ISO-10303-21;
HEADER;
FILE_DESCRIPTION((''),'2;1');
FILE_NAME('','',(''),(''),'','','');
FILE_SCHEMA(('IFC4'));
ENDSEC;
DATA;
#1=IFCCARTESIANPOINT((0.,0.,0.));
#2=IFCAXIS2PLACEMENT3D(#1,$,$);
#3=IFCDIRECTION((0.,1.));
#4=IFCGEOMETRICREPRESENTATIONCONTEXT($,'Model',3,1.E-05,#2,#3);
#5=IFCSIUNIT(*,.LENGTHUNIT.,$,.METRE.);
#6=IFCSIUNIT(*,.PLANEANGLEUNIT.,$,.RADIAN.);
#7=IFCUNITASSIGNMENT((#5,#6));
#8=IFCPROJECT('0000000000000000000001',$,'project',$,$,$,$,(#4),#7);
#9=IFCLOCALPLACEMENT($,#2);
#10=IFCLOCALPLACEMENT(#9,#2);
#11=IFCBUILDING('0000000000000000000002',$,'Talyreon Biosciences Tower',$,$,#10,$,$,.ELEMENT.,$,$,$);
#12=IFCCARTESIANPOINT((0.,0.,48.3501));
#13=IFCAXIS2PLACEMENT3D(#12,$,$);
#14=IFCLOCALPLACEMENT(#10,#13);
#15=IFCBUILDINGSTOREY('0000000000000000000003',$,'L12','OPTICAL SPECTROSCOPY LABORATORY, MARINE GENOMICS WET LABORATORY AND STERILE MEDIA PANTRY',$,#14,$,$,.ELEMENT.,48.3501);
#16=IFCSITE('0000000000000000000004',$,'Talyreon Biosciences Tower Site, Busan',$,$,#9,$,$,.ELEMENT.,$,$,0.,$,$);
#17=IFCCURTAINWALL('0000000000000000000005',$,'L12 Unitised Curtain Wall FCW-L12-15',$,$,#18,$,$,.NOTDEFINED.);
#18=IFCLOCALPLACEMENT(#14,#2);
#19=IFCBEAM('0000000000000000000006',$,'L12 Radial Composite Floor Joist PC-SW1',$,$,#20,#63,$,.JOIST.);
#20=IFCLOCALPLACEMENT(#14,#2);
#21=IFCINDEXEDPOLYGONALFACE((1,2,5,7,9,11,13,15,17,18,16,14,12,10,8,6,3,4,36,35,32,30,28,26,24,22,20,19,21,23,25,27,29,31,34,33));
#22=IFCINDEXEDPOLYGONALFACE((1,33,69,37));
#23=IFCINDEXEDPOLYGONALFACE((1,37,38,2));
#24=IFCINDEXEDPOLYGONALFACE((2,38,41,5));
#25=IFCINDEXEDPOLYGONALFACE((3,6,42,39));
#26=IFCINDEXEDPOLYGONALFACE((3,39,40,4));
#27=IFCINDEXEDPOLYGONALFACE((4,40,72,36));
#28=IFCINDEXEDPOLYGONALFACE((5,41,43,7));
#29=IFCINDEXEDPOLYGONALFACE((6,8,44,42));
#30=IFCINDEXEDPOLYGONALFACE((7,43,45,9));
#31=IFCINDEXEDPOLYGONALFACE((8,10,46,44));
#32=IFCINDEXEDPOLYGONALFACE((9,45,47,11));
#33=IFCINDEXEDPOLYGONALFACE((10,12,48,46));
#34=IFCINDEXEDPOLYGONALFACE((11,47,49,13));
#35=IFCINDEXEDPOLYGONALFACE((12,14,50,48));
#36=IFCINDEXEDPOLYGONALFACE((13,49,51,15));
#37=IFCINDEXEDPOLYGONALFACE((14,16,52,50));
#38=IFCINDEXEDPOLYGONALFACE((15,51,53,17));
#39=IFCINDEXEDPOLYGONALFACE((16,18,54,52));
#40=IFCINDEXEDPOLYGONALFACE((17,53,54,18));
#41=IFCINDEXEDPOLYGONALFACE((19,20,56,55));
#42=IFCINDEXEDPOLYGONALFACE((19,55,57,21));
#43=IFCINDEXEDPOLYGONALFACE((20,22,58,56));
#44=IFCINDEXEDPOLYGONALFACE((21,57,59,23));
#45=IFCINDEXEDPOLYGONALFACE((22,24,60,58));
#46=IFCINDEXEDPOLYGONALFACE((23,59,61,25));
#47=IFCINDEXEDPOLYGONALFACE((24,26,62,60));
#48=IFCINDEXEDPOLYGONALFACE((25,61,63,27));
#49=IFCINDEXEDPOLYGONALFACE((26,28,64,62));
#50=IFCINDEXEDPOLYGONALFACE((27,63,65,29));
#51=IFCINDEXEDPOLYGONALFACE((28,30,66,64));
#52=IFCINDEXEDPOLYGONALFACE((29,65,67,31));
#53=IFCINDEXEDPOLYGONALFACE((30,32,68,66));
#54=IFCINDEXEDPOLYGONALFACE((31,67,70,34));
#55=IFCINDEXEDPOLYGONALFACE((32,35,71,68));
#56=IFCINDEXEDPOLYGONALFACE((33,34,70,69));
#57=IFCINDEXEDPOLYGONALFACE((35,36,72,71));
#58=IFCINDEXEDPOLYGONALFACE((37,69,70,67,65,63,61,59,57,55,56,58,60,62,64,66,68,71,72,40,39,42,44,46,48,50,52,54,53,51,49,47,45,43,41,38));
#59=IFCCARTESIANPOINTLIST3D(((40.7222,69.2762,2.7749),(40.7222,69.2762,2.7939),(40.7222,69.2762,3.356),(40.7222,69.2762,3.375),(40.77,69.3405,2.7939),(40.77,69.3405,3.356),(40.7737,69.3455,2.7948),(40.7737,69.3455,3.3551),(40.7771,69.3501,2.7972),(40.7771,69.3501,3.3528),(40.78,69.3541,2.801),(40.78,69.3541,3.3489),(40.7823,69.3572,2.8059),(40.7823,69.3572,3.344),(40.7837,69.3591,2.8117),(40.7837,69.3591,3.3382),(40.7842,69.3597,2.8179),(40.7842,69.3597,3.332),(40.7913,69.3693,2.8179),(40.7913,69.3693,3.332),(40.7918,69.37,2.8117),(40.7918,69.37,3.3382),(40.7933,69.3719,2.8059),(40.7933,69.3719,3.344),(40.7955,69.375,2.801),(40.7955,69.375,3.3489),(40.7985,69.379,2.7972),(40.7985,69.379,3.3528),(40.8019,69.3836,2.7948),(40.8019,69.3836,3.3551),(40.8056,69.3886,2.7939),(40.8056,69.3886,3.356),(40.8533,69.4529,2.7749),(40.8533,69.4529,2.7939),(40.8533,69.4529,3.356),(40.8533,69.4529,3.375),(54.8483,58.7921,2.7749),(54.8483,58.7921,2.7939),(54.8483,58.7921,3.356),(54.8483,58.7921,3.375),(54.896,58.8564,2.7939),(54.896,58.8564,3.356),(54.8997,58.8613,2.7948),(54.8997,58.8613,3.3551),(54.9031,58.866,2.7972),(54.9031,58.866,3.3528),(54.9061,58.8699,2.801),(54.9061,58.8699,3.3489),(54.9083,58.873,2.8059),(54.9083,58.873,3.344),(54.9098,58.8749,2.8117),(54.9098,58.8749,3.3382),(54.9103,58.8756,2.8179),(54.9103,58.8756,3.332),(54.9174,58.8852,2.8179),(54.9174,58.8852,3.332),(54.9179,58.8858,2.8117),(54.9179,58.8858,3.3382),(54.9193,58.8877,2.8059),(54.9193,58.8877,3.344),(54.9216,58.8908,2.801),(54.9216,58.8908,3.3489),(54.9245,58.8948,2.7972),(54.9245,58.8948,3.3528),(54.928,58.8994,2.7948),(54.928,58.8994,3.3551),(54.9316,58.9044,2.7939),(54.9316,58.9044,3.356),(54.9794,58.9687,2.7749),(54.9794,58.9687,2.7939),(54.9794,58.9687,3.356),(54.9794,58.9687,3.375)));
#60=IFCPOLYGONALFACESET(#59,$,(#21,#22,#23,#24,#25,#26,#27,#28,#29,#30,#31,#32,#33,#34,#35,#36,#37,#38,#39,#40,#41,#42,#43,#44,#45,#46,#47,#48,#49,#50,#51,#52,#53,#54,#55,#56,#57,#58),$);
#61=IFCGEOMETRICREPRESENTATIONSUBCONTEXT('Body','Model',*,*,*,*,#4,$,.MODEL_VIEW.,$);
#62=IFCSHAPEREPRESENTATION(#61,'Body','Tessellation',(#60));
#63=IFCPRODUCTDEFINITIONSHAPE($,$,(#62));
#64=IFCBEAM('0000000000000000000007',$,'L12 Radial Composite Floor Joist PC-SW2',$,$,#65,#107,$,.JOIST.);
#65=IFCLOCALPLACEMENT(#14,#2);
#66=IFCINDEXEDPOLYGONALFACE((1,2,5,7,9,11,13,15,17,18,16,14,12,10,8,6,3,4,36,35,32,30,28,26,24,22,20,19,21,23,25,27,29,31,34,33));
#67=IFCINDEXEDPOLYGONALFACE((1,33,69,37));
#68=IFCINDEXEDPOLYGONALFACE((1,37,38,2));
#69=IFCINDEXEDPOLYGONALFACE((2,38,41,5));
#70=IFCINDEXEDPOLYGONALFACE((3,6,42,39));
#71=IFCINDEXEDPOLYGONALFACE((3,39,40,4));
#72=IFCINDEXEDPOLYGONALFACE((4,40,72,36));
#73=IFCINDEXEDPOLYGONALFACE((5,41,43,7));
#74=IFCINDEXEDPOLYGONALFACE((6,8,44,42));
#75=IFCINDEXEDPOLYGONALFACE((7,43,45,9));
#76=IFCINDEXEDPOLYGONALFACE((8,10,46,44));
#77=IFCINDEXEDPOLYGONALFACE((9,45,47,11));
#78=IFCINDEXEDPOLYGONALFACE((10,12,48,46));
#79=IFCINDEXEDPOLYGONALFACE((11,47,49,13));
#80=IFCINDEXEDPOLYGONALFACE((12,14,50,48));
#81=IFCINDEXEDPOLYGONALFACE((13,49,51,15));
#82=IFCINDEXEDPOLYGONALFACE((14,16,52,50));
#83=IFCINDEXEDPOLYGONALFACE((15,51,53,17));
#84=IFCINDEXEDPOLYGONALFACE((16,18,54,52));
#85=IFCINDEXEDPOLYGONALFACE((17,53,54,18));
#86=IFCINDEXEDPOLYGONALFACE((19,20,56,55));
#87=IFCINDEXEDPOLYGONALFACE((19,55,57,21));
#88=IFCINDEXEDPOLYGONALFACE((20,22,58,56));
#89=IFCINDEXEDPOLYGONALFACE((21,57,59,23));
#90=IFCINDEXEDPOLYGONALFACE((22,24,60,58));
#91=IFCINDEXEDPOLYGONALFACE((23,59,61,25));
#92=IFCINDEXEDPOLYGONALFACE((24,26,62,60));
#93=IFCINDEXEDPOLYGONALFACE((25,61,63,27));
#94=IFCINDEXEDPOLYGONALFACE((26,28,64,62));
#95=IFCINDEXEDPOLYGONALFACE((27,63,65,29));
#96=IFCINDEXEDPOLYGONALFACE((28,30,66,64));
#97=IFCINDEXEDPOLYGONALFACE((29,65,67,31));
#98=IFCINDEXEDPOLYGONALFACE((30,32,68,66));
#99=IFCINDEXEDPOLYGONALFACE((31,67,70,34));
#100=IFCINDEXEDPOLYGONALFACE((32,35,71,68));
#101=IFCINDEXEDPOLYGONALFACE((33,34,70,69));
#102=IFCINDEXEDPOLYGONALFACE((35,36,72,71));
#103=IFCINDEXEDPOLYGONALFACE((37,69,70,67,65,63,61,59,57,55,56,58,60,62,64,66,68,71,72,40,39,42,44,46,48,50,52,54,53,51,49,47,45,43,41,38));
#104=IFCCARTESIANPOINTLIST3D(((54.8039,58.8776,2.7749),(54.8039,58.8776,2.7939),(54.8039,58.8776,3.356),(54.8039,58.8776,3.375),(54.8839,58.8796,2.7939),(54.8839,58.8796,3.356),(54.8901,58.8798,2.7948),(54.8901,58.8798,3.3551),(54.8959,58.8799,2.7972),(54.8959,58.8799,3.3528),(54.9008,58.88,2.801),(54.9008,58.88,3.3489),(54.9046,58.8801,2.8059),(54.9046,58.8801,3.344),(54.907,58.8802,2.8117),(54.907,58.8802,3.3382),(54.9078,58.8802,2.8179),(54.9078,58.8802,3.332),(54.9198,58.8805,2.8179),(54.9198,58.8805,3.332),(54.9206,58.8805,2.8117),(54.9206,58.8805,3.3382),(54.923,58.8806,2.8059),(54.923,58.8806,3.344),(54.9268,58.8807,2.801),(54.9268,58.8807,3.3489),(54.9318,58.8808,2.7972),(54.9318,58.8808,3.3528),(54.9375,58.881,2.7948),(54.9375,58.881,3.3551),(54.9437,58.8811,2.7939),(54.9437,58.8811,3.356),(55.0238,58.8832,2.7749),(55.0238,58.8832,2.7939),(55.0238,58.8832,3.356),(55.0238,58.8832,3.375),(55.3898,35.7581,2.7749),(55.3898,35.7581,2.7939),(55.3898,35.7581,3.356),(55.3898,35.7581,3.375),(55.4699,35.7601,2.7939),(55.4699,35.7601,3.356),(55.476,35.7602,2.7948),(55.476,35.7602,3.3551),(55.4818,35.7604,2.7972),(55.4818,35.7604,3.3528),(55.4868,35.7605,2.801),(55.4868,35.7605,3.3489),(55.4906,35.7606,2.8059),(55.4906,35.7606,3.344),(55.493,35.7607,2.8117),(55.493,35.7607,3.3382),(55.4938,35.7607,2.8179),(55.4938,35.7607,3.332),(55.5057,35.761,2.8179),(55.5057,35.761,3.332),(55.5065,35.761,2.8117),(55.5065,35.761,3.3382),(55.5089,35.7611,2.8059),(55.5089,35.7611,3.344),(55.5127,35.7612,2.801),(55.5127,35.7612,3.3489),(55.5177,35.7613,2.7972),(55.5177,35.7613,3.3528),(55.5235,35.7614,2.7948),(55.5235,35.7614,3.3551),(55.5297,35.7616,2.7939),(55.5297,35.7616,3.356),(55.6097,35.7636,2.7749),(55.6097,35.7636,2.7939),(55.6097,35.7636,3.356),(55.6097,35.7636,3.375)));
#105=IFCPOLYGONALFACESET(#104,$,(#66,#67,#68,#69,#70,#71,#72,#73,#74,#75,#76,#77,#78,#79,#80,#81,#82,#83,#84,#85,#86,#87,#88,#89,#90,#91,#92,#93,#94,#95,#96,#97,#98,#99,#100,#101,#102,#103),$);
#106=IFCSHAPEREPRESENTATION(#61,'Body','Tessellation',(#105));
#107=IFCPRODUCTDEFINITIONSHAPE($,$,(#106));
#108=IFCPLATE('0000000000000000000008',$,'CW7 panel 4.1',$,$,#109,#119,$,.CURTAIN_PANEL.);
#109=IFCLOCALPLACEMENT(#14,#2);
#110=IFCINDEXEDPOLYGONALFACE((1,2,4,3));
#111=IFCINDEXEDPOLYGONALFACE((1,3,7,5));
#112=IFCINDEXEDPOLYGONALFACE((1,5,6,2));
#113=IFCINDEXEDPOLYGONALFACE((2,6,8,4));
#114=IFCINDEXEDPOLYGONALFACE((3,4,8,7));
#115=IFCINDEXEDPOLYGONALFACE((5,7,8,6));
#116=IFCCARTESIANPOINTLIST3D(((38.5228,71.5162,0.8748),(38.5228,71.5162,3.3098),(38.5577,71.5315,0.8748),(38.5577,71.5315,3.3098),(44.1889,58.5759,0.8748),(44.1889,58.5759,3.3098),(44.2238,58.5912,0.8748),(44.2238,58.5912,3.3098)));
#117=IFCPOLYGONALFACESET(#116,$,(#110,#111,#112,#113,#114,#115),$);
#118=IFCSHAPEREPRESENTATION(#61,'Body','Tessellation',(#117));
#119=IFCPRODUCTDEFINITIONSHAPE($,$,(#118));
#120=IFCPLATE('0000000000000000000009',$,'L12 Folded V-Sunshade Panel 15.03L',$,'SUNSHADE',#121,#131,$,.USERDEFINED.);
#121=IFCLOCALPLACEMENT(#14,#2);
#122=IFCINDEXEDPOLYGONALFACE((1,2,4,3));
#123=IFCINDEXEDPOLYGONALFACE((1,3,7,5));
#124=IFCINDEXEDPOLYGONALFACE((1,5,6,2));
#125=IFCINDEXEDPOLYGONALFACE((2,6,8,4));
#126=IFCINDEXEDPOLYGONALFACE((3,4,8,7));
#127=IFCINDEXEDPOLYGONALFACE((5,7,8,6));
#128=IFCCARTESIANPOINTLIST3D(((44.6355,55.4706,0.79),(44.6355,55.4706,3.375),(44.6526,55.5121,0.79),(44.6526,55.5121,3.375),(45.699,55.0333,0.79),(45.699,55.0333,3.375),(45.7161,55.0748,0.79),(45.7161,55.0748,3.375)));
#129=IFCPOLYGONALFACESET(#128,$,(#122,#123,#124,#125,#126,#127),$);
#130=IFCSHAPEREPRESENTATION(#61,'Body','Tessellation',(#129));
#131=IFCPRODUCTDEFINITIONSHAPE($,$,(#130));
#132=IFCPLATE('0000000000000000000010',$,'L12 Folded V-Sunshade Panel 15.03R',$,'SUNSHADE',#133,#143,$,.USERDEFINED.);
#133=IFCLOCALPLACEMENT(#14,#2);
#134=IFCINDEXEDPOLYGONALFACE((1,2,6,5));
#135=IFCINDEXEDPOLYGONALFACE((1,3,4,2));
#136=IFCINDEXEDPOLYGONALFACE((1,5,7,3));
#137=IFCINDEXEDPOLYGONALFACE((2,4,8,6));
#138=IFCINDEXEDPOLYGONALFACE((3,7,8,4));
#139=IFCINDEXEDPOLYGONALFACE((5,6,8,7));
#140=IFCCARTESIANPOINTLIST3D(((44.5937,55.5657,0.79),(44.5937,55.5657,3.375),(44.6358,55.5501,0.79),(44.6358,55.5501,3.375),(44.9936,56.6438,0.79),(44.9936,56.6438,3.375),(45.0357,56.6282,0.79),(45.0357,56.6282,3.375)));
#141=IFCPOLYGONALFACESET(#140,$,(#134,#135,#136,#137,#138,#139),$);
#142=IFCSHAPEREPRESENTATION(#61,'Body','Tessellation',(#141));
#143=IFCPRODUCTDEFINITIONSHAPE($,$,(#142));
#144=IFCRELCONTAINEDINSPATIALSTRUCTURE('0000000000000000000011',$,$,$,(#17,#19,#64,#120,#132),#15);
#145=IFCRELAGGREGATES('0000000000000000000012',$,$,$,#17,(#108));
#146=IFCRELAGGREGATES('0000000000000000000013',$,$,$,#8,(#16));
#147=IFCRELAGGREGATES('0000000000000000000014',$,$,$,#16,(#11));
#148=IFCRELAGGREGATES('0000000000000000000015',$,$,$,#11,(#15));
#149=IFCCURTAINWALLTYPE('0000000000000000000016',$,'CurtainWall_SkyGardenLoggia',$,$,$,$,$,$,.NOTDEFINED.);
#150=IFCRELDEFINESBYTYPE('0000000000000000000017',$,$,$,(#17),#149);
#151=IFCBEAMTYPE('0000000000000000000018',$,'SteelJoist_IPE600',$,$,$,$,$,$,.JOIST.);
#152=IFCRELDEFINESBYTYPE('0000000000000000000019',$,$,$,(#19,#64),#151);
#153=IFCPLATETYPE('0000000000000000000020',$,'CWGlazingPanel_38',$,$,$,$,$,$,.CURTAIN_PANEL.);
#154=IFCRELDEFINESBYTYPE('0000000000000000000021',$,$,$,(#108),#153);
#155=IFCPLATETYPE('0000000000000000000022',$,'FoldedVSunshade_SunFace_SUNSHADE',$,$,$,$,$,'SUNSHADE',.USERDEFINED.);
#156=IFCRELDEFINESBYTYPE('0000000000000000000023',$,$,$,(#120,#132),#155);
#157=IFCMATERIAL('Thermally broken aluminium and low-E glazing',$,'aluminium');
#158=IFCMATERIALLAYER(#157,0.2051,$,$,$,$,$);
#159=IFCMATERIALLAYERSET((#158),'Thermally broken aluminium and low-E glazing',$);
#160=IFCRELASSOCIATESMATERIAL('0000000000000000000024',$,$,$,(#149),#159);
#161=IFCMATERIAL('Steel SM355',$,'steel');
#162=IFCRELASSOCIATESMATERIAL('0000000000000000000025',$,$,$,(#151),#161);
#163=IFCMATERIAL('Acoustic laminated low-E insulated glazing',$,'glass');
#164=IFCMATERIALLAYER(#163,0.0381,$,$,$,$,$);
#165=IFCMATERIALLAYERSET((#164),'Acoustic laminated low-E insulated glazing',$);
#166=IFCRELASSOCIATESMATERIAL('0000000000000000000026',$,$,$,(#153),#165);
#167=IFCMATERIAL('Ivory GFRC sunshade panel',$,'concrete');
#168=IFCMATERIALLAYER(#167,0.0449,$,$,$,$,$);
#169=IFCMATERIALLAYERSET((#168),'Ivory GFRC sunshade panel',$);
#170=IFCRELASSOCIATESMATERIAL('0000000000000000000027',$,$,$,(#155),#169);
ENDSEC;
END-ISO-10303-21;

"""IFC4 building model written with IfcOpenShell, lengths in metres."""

from ifc_helpers import new_model, si_unit, direction, frame, origin, origin_2d, place, context, subcontext, project, spatial, rectangle, i_section, extrude, material, layer, layer_set, material_profile, profile_set, type_object, element, aggregate, save


model = new_model("IFC4")

# Units and contexts
model_context = context("Model", 3, precision=1e-05, world=origin(), true_north=direction((0.0, 1.0)))
body_context = subcontext(model_context, "Body", "Model", "MODEL_VIEW")
ifc_project = project(units=[si_unit("LENGTHUNIT", "METRE"), si_unit("PLANEANGLEUNIT", "RADIAN")], contexts=[model_context])

# Site, building, storey
site_placement = place(None, origin())
site = spatial("IfcSite", under=ifc_project, at=site_placement, Name="Talyreon Biosciences Tower Site, Busan", CompositionType="ELEMENT", RefElevation=0.0)
building_placement = place(site_placement, origin())
building = spatial("IfcBuilding", under=site, at=building_placement, Name="Talyreon Biosciences Tower", CompositionType="ELEMENT")
storey_placement = place(building_placement, frame((0.0, 0.0, 48.3501)))
storey = spatial("IfcBuildingStorey", under=building, at=storey_placement, Name="L12", Description="OPTICAL SPECTROSCOPY LABORATORY, MARINE GENOMICS WET LABORATORY AND STERILE MEDIA PANTRY", CompositionType="ELEMENT", Elevation=48.3501)

# Curtain wall
ifc_material_1 = material(Name="Thermally broken aluminium and low-E glazing", Category="aluminium")
ifc_layer_1 = layer(ifc_material_1, 0.2051)
ifc_layer_set_1 = layer_set([ifc_layer_1], Name="Thermally broken aluminium and low-E glazing")
curtain_wall_type = type_object("IfcCurtainWallType", Name="CurtainWall_SkyGardenLoggia", PredefinedType="NOTDEFINED", material=ifc_layer_set_1)
curtain_wall_placement = place(storey_placement, origin())
curtain_wall = element("IfcCurtainWall", 1, at=curtain_wall_placement, inside=storey, type_object=curtain_wall_type, Name="L12 Unitised Curtain Wall FCW-L12-15", PredefinedType="NOTDEFINED")

# Beams
ifc_material_2 = material(Name="Steel SM355", Category="steel")
ifc_material_profile_1 = material_profile(ifc_material_2, i_section(OverallWidth=0.22, OverallDepth=0.6001, WebThickness=0.012, FlangeThickness=0.019, FilletRadius=0.0239, at=origin_2d()), Name="IPE600")
ifc_profile_set_1 = profile_set([ifc_material_profile_1], Name="Steel SM355")
beam_type_1 = type_object("IfcBeamType", Name="SteelJoist_IPE600", PredefinedType="JOIST", material=ifc_profile_set_1)
beam_1_placement = place(storey_placement, frame((54.9138, 58.8804, 3.075), z_axis=(-0.803001, 0.595978, 0.0), x_axis=(-0.595978, -0.803001, 0.0)))
element("IfcBeam", 2, at=beam_1_placement, inside=storey, type_object=beam_type_1, Name="L12 Radial Composite Floor Joist PC-SW1", PredefinedType="JOIST", context=body_context, shape_type="SweptSolid", body=[
    extrude(i_section(OverallWidth=0.22, OverallDepth=0.6001, WebThickness=0.012, FlangeThickness=0.019, FilletRadius=0.0239, at=origin_2d()), origin(), (0.0, 0.0, 1.0), 17.5916),
])
beam_2_placement = place(storey_placement, frame((54.9138, 58.8804, 3.075), z_axis=(0.025336, -0.999679, 0.0), x_axis=(0.999679, 0.025336, 0.0)))
element("IfcBeam", 3, at=beam_2_placement, inside=storey, type_object=beam_type_1, Name="L12 Radial Composite Floor Joist PC-SW2", PredefinedType="JOIST", context=body_context, shape_type="SweptSolid", body=[
    extrude(i_section(OverallWidth=0.22, OverallDepth=0.6001, WebThickness=0.012, FlangeThickness=0.019, FilletRadius=0.0239, at=origin_2d()), origin(), (0.0, 0.0, 1.0), 23.127),
])

# Plate
ifc_material_3 = material(Name="Acoustic laminated low-E insulated glazing", Category="glass")
ifc_layer_2 = layer(ifc_material_3, 0.0381)
ifc_layer_set_2 = layer_set([ifc_layer_2], Name="Acoustic laminated low-E insulated glazing")
plate_type_1 = type_object("IfcPlateType", Name="CWGlazingPanel_38", PredefinedType="CURTAIN_PANEL", material=ifc_layer_set_2)
plate_placement = place(storey_placement, frame((41.3733, 65.0537, 0.8748), z_axis=(0.0, 0.0, 1.0), x_axis=(-0.401097, 0.916035, 0.0)))
plate = element("IfcPlate", 4, at=plate_placement, type_object=plate_type_1, Name="CW7 panel 4.1", PredefinedType="CURTAIN_PANEL", context=body_context, shape_type="SweptSolid", body=[
    extrude(rectangle(XDim=14.1265, YDim=0.0381, at=origin_2d()), origin(), (0.0, 0.0, 1.0), 2.4351),
])
aggregate(curtain_wall, [plate])

# Plates
ifc_material_4 = material(Name="Ivory GFRC sunshade panel", Category="concrete")
ifc_layer_3 = layer(ifc_material_4, 0.0449)
ifc_layer_set_3 = layer_set([ifc_layer_3], Name="Ivory GFRC sunshade panel")
plate_type_2 = type_object("IfcPlateType", Name="FoldedVSunshade_SunFace_SUNSHADE", ElementType="SUNSHADE", PredefinedType="USERDEFINED", material=ifc_layer_set_3)
for number, where, z_axis, x_axis, name in (
    (5, (45.1758, 55.2727, 0.79), (0.0, 0.0, 1.0), (-0.924858, 0.380312, 0.0), "L12 Folded V-Sunshade Panel 15.03L"),
    (6, (44.8147, 56.0969, 0.79), (0.0, 0.0, 1.0), (0.347803, 0.937568, 0.0), "L12 Folded V-Sunshade Panel 15.03R"),
):
    element("IfcPlate", number, at=place(storey_placement, frame(where, z_axis=z_axis, x_axis=x_axis)), inside=storey, type_object=plate_type_2, Name=name, ObjectType="SUNSHADE", PredefinedType="USERDEFINED", context=body_context, shape_type="SweptSolid", body=[
        extrude(rectangle(XDim=1.1499, YDim=0.0449, at=origin_2d()), origin(), (0.0, 0.0, 1.0), 2.585),
    ])

save(model, "model.ifc")
